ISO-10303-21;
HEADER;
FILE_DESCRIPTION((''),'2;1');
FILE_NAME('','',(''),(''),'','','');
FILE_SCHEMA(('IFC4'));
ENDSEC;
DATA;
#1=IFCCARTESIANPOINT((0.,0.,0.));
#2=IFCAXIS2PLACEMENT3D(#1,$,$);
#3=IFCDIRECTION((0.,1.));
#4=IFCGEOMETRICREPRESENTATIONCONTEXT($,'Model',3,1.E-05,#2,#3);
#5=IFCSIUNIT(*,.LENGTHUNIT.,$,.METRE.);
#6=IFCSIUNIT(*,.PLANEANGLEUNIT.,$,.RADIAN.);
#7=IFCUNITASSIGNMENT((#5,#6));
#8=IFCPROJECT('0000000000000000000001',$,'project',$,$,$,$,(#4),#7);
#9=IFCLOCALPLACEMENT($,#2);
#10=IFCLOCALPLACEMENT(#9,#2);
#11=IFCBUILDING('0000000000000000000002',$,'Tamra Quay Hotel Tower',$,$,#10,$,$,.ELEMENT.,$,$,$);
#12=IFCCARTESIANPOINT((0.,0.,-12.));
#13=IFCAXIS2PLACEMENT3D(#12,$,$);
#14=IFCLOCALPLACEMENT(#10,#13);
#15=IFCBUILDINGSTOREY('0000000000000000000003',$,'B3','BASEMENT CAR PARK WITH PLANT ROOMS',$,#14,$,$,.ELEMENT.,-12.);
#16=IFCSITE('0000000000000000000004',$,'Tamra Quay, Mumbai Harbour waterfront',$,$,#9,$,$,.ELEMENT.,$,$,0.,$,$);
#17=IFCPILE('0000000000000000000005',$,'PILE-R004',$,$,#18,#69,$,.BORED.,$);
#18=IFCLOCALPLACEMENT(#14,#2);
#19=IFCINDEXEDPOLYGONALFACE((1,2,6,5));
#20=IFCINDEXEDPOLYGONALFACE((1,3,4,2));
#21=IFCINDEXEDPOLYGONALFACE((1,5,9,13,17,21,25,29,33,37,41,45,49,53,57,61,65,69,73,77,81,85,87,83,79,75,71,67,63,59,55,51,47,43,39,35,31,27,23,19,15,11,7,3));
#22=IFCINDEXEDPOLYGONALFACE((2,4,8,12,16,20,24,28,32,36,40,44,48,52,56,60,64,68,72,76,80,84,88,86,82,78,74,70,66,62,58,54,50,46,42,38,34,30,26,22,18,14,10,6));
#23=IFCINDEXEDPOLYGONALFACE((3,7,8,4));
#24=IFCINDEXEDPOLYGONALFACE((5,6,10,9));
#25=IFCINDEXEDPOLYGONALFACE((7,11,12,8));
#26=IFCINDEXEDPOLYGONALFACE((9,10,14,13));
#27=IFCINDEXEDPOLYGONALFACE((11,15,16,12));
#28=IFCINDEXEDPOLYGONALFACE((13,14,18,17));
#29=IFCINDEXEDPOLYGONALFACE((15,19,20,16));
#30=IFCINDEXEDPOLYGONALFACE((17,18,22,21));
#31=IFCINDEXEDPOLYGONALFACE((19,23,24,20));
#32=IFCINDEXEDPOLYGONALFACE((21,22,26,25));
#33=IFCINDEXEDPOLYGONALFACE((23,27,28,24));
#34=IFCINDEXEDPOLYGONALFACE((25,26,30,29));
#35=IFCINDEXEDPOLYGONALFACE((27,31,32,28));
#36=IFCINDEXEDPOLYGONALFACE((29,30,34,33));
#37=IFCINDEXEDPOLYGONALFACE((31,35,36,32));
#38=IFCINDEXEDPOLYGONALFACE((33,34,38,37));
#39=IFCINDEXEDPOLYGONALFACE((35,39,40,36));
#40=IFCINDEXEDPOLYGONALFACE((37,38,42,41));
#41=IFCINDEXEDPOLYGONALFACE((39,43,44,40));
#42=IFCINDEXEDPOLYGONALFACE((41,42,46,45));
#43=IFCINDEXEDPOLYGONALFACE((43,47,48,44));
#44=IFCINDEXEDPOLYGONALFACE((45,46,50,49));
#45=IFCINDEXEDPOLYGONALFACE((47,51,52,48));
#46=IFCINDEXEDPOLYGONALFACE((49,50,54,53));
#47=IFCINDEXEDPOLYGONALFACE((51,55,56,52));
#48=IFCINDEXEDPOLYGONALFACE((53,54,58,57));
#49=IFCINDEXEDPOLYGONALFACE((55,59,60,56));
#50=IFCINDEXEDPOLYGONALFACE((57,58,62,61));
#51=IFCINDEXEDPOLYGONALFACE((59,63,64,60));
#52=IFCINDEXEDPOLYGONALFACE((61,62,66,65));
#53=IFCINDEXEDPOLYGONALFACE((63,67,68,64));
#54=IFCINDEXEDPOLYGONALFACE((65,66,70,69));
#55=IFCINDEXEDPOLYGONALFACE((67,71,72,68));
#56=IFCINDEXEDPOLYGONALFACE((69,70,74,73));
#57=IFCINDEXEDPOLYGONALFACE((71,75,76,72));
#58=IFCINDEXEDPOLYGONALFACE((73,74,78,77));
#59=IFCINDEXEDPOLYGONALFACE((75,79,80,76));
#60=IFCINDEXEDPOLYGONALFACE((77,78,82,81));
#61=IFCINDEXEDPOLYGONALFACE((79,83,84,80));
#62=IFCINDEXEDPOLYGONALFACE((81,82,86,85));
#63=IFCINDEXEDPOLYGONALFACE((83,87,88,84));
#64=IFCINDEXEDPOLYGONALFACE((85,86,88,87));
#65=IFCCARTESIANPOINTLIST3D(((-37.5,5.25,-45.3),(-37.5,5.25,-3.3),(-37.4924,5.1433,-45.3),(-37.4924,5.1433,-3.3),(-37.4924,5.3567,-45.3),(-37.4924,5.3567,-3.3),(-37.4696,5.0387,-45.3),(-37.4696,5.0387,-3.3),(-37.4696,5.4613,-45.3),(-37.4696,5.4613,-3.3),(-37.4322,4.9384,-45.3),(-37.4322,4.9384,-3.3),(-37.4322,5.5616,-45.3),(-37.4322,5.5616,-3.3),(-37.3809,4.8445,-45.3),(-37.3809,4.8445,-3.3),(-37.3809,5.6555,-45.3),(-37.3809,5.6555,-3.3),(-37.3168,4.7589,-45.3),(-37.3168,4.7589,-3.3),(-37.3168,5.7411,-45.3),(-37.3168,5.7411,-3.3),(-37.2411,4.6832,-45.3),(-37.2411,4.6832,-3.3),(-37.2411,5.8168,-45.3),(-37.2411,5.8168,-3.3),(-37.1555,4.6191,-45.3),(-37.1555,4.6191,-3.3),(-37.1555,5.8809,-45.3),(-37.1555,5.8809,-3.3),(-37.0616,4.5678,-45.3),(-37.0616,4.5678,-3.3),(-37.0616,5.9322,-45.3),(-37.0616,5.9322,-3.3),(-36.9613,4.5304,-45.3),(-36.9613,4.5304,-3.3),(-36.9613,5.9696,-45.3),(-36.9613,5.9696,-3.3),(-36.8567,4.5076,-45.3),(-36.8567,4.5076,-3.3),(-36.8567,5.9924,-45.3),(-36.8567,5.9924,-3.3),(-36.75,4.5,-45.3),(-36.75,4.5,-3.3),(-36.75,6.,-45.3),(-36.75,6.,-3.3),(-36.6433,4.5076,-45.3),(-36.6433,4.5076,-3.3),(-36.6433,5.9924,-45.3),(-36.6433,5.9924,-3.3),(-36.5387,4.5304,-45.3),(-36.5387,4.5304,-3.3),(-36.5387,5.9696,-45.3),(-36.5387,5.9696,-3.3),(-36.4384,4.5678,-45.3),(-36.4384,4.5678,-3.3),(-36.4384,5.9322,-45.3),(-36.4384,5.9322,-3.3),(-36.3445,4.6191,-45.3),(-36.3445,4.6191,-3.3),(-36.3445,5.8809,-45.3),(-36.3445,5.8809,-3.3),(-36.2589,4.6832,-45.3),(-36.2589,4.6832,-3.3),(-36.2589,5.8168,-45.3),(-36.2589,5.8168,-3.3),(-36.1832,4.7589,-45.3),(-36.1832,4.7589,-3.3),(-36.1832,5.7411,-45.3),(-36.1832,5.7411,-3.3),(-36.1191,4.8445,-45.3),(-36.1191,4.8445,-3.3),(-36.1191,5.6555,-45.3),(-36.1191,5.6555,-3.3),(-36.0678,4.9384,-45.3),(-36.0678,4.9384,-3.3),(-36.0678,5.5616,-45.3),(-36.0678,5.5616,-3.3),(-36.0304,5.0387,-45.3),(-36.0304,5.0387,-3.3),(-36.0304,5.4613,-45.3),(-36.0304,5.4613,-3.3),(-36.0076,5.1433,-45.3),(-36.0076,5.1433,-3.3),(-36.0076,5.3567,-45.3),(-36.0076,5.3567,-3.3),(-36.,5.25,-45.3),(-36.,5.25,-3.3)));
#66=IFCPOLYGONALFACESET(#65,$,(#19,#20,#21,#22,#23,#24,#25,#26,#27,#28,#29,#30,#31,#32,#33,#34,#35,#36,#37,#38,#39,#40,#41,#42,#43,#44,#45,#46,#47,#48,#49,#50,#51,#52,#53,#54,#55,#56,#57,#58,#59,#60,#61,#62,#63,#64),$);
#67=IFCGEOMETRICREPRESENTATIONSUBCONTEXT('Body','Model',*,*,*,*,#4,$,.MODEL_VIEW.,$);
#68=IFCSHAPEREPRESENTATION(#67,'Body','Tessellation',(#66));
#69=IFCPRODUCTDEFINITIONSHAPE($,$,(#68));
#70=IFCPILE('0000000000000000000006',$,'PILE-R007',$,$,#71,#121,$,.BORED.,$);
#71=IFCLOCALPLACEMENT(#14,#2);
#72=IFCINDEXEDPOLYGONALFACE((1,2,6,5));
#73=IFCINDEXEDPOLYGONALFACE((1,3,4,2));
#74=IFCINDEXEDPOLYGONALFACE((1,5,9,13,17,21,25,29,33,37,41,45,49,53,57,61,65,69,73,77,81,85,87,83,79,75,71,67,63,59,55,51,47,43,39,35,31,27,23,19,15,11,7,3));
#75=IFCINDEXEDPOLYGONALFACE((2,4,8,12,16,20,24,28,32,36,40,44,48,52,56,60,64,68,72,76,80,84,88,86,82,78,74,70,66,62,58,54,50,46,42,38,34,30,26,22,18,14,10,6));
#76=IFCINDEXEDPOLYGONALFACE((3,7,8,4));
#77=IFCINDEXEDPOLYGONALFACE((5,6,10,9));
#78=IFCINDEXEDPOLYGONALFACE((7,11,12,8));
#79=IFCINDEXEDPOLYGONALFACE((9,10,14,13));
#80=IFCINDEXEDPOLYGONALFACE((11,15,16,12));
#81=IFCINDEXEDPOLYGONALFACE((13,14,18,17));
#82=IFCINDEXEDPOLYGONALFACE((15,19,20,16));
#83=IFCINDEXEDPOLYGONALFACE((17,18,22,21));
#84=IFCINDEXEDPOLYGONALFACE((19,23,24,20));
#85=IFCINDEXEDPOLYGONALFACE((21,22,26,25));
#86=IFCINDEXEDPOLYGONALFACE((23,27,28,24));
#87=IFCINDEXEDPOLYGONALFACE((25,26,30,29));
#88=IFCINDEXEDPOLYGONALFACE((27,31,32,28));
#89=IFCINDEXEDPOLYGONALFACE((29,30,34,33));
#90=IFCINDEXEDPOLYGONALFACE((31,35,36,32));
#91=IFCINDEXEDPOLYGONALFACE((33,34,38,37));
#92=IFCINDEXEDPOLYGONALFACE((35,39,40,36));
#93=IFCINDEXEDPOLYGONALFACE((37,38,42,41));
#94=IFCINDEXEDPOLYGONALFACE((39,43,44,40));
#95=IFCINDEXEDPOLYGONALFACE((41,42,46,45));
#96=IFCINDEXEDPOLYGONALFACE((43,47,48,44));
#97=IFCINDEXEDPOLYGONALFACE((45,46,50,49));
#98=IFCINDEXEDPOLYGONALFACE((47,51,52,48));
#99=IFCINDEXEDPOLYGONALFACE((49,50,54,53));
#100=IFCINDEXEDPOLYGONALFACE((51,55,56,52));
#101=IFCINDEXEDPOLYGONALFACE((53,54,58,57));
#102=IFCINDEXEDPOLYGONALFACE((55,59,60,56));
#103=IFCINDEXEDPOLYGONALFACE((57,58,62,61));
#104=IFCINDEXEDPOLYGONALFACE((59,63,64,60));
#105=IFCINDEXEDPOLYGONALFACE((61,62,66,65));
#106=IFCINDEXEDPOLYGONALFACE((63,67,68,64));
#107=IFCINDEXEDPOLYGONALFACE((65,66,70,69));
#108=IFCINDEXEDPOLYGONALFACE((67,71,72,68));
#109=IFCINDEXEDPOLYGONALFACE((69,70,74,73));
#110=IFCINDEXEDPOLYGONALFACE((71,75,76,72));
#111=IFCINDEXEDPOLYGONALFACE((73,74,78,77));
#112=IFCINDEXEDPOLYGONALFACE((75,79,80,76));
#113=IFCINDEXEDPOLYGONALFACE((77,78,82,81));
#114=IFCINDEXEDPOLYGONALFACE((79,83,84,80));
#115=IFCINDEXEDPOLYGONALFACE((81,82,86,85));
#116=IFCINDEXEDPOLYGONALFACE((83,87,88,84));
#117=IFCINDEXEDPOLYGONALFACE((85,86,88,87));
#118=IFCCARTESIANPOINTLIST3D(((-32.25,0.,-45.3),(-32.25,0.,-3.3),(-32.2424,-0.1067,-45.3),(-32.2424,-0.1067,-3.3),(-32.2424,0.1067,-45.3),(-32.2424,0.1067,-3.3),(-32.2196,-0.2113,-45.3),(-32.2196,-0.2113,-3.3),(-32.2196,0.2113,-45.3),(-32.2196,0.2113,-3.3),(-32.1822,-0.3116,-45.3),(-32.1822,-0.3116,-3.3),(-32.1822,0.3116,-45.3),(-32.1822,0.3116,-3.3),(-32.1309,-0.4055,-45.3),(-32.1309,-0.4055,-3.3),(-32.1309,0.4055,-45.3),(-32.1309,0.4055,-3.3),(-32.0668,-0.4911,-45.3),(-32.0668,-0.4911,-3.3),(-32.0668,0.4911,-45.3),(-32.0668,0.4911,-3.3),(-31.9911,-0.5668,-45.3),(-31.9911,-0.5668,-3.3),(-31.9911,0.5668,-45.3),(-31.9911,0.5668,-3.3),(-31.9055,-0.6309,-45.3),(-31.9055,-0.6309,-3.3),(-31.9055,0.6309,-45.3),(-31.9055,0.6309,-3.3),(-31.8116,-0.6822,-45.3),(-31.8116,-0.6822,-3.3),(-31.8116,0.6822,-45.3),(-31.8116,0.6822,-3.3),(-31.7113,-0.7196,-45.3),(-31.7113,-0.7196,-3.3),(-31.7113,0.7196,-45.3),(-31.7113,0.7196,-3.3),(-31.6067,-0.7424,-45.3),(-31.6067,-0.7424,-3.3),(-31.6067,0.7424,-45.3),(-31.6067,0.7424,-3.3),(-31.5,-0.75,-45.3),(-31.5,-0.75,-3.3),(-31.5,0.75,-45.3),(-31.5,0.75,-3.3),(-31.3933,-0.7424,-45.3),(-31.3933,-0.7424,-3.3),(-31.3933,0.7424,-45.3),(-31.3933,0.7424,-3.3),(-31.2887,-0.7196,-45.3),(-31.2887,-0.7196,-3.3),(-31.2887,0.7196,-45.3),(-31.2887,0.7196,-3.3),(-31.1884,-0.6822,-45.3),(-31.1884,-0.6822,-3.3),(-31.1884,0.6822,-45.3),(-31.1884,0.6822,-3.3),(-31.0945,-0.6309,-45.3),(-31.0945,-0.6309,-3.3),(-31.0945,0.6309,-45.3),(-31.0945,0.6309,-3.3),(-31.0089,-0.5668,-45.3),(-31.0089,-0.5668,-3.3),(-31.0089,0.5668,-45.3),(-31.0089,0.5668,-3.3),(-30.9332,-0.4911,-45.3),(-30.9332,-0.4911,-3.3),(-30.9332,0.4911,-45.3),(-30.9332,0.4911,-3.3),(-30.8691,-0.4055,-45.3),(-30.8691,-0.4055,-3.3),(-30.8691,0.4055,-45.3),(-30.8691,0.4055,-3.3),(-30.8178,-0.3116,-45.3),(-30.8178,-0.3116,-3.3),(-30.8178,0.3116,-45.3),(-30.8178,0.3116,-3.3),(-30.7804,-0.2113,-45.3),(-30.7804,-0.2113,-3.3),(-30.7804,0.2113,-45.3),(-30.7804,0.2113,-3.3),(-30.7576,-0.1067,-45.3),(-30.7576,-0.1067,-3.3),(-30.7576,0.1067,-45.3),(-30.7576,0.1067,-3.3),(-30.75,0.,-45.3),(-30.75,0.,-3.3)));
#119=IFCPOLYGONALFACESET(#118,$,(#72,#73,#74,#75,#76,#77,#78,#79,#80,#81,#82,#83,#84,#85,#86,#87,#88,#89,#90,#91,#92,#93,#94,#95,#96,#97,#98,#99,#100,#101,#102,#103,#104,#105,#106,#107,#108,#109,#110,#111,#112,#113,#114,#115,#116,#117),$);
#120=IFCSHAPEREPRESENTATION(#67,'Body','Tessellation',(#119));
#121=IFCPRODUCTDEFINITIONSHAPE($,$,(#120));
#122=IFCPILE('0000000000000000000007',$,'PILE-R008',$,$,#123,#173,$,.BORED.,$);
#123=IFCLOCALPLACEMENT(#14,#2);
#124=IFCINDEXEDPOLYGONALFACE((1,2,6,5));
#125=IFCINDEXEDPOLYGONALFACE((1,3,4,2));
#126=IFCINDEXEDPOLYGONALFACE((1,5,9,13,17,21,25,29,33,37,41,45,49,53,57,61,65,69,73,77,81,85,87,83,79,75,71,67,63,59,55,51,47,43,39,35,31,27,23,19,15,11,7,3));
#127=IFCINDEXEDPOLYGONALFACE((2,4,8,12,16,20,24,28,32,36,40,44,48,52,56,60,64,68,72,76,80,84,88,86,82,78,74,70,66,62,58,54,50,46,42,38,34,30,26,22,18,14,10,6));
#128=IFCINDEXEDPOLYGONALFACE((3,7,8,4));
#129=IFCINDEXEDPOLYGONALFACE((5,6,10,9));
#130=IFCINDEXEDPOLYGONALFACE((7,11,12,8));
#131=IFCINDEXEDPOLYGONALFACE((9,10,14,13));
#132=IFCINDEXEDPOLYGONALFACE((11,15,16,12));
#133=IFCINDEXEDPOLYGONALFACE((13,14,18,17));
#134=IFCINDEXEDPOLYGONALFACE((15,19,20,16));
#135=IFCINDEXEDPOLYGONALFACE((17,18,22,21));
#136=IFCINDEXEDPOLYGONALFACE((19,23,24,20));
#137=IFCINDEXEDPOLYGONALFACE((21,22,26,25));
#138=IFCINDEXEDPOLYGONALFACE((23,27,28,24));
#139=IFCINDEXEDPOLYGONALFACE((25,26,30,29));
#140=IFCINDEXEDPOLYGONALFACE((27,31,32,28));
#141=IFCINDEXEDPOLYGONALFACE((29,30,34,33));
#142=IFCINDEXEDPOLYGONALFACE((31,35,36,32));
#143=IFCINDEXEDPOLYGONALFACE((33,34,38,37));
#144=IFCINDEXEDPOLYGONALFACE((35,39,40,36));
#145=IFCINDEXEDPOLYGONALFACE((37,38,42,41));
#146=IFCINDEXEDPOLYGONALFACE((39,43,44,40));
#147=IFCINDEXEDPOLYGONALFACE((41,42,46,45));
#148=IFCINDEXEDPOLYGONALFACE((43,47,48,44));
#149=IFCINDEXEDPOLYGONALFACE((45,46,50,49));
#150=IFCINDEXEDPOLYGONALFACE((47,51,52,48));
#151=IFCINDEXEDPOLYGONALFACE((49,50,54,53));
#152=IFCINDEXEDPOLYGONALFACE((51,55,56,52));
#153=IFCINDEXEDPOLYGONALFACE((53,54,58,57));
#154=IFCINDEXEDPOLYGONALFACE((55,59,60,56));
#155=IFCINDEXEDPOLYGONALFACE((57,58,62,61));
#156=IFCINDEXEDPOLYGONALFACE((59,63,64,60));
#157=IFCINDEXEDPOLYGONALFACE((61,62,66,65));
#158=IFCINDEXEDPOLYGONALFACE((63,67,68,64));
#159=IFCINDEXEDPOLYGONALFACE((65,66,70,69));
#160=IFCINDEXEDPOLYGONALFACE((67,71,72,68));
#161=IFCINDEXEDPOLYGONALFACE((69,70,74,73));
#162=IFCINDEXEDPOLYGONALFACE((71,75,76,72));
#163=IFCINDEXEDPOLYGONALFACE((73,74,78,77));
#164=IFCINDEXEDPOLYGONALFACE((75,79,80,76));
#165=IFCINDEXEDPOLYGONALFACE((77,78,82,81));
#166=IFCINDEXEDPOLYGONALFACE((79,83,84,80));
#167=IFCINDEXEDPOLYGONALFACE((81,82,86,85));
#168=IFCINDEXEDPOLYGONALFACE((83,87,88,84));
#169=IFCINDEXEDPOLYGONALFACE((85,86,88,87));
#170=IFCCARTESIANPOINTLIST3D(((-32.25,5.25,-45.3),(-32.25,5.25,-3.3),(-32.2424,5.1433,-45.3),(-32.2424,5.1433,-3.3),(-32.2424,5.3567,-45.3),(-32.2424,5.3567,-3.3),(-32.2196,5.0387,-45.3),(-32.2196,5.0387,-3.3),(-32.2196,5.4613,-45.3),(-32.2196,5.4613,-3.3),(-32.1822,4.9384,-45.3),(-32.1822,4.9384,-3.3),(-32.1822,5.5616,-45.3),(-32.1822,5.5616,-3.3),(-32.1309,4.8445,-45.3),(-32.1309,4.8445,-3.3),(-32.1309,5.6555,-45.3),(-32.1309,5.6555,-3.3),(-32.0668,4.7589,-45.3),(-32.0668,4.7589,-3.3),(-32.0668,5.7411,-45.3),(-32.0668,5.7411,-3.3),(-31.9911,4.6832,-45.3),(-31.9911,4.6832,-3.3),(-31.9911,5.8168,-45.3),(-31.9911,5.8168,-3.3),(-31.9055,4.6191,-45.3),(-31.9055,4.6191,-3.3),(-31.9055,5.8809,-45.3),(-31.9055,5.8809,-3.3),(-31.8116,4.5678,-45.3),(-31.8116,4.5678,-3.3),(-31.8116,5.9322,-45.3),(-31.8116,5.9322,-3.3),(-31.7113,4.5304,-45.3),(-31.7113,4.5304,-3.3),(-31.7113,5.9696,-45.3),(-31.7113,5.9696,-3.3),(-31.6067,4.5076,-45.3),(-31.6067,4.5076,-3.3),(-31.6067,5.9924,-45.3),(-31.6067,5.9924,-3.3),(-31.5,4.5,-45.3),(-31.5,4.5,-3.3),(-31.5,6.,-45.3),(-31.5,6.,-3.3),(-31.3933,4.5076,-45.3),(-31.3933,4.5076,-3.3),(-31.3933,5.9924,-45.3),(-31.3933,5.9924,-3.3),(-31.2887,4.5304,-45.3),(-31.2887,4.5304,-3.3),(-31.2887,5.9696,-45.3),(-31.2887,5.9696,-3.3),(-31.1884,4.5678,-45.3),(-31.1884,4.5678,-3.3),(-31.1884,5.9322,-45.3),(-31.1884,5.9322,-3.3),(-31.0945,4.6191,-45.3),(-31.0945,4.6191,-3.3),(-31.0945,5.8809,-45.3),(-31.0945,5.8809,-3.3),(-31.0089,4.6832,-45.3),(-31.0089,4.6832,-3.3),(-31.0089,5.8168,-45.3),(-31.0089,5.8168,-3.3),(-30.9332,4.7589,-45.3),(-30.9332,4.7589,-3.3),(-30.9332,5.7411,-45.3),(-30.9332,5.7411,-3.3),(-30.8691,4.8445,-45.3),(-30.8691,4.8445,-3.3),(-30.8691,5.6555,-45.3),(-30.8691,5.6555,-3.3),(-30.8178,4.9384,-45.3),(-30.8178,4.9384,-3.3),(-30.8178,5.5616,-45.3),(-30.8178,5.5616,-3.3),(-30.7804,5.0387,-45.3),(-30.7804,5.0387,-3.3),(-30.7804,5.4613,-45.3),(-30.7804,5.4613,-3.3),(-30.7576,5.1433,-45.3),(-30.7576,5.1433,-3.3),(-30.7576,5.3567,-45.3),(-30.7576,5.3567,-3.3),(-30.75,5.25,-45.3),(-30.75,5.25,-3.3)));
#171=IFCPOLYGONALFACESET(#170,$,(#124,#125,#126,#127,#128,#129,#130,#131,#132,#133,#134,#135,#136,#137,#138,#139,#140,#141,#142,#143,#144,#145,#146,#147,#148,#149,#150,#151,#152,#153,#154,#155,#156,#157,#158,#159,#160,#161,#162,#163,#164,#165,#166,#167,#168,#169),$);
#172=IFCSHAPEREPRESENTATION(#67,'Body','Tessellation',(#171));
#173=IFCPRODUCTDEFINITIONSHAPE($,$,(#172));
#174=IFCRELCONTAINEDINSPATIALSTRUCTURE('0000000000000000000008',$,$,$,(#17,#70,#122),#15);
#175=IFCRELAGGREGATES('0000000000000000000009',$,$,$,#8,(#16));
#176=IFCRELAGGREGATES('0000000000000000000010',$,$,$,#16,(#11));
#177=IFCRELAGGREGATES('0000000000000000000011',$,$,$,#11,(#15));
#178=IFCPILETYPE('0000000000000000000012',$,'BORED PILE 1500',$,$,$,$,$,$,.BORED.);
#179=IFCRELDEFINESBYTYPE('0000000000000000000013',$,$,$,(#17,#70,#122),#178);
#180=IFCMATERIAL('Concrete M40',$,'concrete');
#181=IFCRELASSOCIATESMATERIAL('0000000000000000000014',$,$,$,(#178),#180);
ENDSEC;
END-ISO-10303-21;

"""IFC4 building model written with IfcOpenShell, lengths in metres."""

from ifc_helpers import new_model, si_unit, direction, frame, origin, origin_2d, place, context, subcontext, project, spatial, circle, extrude, material, material_profile, profile_set, type_object, element, save


model = new_model("IFC4")

# Units and contexts
model_context = context("Model", 3, precision=1e-05, world=origin(), true_north=direction((0.0, 1.0)))
body_context = subcontext(model_context, "Body", "Model", "MODEL_VIEW")
ifc_project = project(units=[si_unit("LENGTHUNIT", "METRE"), si_unit("PLANEANGLEUNIT", "RADIAN")], contexts=[model_context])

# Site, building, storey
site_placement = place(None, origin())
site = spatial("IfcSite", under=ifc_project, at=site_placement, Name="Tamra Quay, Mumbai Harbour waterfront", CompositionType="ELEMENT", RefElevation=0.0)
building_placement = place(site_placement, origin())
building = spatial("IfcBuilding", under=site, at=building_placement, Name="Tamra Quay Hotel Tower", CompositionType="ELEMENT")
storey_placement = place(building_placement, frame((0.0, 0.0, -12.0)))
storey = spatial("IfcBuildingStorey", under=building, at=storey_placement, Name="B3", Description="BASEMENT CAR PARK WITH PLANT ROOMS", CompositionType="ELEMENT", Elevation=-12.0)

# Piles
ifc_material_1 = material(Name="Concrete M40", Category="concrete")
ifc_material_profile_1 = material_profile(ifc_material_1, circle(Radius=0.75, at=origin_2d()), Name="BORED PILE 1500")
ifc_profile_set_1 = profile_set([ifc_material_profile_1], Name="Concrete M40")
pile_type_1 = type_object("IfcPileType", Name="BORED PILE 1500", PredefinedType="BORED", material=ifc_profile_set_1)
for number, where, z_axis, x_axis, name in (
    (1, (-36.75, 5.25, -3.3), (0.0, 0.0, -1.0), (1.0, 0.0, 0.0), "PILE-R004"),
    (2, (-31.5, 0.0, -3.3), (0.0, 0.0, -1.0), (1.0, 0.0, 0.0), "PILE-R007"),
    (3, (-31.5, 5.25, -3.3), (0.0, 0.0, -1.0), (1.0, 0.0, 0.0), "PILE-R008"),
):
    element("IfcPile", number, at=place(storey_placement, frame(where, z_axis=z_axis, x_axis=x_axis)), inside=storey, type_object=pile_type_1, Name=name, PredefinedType="BORED", context=body_context, shape_type="SweptSolid", body=[
        extrude(circle(Radius=0.75, at=origin_2d()), origin(), (0.0, 0.0, 1.0), 42.0),
    ])

save(model, "model.ifc")
